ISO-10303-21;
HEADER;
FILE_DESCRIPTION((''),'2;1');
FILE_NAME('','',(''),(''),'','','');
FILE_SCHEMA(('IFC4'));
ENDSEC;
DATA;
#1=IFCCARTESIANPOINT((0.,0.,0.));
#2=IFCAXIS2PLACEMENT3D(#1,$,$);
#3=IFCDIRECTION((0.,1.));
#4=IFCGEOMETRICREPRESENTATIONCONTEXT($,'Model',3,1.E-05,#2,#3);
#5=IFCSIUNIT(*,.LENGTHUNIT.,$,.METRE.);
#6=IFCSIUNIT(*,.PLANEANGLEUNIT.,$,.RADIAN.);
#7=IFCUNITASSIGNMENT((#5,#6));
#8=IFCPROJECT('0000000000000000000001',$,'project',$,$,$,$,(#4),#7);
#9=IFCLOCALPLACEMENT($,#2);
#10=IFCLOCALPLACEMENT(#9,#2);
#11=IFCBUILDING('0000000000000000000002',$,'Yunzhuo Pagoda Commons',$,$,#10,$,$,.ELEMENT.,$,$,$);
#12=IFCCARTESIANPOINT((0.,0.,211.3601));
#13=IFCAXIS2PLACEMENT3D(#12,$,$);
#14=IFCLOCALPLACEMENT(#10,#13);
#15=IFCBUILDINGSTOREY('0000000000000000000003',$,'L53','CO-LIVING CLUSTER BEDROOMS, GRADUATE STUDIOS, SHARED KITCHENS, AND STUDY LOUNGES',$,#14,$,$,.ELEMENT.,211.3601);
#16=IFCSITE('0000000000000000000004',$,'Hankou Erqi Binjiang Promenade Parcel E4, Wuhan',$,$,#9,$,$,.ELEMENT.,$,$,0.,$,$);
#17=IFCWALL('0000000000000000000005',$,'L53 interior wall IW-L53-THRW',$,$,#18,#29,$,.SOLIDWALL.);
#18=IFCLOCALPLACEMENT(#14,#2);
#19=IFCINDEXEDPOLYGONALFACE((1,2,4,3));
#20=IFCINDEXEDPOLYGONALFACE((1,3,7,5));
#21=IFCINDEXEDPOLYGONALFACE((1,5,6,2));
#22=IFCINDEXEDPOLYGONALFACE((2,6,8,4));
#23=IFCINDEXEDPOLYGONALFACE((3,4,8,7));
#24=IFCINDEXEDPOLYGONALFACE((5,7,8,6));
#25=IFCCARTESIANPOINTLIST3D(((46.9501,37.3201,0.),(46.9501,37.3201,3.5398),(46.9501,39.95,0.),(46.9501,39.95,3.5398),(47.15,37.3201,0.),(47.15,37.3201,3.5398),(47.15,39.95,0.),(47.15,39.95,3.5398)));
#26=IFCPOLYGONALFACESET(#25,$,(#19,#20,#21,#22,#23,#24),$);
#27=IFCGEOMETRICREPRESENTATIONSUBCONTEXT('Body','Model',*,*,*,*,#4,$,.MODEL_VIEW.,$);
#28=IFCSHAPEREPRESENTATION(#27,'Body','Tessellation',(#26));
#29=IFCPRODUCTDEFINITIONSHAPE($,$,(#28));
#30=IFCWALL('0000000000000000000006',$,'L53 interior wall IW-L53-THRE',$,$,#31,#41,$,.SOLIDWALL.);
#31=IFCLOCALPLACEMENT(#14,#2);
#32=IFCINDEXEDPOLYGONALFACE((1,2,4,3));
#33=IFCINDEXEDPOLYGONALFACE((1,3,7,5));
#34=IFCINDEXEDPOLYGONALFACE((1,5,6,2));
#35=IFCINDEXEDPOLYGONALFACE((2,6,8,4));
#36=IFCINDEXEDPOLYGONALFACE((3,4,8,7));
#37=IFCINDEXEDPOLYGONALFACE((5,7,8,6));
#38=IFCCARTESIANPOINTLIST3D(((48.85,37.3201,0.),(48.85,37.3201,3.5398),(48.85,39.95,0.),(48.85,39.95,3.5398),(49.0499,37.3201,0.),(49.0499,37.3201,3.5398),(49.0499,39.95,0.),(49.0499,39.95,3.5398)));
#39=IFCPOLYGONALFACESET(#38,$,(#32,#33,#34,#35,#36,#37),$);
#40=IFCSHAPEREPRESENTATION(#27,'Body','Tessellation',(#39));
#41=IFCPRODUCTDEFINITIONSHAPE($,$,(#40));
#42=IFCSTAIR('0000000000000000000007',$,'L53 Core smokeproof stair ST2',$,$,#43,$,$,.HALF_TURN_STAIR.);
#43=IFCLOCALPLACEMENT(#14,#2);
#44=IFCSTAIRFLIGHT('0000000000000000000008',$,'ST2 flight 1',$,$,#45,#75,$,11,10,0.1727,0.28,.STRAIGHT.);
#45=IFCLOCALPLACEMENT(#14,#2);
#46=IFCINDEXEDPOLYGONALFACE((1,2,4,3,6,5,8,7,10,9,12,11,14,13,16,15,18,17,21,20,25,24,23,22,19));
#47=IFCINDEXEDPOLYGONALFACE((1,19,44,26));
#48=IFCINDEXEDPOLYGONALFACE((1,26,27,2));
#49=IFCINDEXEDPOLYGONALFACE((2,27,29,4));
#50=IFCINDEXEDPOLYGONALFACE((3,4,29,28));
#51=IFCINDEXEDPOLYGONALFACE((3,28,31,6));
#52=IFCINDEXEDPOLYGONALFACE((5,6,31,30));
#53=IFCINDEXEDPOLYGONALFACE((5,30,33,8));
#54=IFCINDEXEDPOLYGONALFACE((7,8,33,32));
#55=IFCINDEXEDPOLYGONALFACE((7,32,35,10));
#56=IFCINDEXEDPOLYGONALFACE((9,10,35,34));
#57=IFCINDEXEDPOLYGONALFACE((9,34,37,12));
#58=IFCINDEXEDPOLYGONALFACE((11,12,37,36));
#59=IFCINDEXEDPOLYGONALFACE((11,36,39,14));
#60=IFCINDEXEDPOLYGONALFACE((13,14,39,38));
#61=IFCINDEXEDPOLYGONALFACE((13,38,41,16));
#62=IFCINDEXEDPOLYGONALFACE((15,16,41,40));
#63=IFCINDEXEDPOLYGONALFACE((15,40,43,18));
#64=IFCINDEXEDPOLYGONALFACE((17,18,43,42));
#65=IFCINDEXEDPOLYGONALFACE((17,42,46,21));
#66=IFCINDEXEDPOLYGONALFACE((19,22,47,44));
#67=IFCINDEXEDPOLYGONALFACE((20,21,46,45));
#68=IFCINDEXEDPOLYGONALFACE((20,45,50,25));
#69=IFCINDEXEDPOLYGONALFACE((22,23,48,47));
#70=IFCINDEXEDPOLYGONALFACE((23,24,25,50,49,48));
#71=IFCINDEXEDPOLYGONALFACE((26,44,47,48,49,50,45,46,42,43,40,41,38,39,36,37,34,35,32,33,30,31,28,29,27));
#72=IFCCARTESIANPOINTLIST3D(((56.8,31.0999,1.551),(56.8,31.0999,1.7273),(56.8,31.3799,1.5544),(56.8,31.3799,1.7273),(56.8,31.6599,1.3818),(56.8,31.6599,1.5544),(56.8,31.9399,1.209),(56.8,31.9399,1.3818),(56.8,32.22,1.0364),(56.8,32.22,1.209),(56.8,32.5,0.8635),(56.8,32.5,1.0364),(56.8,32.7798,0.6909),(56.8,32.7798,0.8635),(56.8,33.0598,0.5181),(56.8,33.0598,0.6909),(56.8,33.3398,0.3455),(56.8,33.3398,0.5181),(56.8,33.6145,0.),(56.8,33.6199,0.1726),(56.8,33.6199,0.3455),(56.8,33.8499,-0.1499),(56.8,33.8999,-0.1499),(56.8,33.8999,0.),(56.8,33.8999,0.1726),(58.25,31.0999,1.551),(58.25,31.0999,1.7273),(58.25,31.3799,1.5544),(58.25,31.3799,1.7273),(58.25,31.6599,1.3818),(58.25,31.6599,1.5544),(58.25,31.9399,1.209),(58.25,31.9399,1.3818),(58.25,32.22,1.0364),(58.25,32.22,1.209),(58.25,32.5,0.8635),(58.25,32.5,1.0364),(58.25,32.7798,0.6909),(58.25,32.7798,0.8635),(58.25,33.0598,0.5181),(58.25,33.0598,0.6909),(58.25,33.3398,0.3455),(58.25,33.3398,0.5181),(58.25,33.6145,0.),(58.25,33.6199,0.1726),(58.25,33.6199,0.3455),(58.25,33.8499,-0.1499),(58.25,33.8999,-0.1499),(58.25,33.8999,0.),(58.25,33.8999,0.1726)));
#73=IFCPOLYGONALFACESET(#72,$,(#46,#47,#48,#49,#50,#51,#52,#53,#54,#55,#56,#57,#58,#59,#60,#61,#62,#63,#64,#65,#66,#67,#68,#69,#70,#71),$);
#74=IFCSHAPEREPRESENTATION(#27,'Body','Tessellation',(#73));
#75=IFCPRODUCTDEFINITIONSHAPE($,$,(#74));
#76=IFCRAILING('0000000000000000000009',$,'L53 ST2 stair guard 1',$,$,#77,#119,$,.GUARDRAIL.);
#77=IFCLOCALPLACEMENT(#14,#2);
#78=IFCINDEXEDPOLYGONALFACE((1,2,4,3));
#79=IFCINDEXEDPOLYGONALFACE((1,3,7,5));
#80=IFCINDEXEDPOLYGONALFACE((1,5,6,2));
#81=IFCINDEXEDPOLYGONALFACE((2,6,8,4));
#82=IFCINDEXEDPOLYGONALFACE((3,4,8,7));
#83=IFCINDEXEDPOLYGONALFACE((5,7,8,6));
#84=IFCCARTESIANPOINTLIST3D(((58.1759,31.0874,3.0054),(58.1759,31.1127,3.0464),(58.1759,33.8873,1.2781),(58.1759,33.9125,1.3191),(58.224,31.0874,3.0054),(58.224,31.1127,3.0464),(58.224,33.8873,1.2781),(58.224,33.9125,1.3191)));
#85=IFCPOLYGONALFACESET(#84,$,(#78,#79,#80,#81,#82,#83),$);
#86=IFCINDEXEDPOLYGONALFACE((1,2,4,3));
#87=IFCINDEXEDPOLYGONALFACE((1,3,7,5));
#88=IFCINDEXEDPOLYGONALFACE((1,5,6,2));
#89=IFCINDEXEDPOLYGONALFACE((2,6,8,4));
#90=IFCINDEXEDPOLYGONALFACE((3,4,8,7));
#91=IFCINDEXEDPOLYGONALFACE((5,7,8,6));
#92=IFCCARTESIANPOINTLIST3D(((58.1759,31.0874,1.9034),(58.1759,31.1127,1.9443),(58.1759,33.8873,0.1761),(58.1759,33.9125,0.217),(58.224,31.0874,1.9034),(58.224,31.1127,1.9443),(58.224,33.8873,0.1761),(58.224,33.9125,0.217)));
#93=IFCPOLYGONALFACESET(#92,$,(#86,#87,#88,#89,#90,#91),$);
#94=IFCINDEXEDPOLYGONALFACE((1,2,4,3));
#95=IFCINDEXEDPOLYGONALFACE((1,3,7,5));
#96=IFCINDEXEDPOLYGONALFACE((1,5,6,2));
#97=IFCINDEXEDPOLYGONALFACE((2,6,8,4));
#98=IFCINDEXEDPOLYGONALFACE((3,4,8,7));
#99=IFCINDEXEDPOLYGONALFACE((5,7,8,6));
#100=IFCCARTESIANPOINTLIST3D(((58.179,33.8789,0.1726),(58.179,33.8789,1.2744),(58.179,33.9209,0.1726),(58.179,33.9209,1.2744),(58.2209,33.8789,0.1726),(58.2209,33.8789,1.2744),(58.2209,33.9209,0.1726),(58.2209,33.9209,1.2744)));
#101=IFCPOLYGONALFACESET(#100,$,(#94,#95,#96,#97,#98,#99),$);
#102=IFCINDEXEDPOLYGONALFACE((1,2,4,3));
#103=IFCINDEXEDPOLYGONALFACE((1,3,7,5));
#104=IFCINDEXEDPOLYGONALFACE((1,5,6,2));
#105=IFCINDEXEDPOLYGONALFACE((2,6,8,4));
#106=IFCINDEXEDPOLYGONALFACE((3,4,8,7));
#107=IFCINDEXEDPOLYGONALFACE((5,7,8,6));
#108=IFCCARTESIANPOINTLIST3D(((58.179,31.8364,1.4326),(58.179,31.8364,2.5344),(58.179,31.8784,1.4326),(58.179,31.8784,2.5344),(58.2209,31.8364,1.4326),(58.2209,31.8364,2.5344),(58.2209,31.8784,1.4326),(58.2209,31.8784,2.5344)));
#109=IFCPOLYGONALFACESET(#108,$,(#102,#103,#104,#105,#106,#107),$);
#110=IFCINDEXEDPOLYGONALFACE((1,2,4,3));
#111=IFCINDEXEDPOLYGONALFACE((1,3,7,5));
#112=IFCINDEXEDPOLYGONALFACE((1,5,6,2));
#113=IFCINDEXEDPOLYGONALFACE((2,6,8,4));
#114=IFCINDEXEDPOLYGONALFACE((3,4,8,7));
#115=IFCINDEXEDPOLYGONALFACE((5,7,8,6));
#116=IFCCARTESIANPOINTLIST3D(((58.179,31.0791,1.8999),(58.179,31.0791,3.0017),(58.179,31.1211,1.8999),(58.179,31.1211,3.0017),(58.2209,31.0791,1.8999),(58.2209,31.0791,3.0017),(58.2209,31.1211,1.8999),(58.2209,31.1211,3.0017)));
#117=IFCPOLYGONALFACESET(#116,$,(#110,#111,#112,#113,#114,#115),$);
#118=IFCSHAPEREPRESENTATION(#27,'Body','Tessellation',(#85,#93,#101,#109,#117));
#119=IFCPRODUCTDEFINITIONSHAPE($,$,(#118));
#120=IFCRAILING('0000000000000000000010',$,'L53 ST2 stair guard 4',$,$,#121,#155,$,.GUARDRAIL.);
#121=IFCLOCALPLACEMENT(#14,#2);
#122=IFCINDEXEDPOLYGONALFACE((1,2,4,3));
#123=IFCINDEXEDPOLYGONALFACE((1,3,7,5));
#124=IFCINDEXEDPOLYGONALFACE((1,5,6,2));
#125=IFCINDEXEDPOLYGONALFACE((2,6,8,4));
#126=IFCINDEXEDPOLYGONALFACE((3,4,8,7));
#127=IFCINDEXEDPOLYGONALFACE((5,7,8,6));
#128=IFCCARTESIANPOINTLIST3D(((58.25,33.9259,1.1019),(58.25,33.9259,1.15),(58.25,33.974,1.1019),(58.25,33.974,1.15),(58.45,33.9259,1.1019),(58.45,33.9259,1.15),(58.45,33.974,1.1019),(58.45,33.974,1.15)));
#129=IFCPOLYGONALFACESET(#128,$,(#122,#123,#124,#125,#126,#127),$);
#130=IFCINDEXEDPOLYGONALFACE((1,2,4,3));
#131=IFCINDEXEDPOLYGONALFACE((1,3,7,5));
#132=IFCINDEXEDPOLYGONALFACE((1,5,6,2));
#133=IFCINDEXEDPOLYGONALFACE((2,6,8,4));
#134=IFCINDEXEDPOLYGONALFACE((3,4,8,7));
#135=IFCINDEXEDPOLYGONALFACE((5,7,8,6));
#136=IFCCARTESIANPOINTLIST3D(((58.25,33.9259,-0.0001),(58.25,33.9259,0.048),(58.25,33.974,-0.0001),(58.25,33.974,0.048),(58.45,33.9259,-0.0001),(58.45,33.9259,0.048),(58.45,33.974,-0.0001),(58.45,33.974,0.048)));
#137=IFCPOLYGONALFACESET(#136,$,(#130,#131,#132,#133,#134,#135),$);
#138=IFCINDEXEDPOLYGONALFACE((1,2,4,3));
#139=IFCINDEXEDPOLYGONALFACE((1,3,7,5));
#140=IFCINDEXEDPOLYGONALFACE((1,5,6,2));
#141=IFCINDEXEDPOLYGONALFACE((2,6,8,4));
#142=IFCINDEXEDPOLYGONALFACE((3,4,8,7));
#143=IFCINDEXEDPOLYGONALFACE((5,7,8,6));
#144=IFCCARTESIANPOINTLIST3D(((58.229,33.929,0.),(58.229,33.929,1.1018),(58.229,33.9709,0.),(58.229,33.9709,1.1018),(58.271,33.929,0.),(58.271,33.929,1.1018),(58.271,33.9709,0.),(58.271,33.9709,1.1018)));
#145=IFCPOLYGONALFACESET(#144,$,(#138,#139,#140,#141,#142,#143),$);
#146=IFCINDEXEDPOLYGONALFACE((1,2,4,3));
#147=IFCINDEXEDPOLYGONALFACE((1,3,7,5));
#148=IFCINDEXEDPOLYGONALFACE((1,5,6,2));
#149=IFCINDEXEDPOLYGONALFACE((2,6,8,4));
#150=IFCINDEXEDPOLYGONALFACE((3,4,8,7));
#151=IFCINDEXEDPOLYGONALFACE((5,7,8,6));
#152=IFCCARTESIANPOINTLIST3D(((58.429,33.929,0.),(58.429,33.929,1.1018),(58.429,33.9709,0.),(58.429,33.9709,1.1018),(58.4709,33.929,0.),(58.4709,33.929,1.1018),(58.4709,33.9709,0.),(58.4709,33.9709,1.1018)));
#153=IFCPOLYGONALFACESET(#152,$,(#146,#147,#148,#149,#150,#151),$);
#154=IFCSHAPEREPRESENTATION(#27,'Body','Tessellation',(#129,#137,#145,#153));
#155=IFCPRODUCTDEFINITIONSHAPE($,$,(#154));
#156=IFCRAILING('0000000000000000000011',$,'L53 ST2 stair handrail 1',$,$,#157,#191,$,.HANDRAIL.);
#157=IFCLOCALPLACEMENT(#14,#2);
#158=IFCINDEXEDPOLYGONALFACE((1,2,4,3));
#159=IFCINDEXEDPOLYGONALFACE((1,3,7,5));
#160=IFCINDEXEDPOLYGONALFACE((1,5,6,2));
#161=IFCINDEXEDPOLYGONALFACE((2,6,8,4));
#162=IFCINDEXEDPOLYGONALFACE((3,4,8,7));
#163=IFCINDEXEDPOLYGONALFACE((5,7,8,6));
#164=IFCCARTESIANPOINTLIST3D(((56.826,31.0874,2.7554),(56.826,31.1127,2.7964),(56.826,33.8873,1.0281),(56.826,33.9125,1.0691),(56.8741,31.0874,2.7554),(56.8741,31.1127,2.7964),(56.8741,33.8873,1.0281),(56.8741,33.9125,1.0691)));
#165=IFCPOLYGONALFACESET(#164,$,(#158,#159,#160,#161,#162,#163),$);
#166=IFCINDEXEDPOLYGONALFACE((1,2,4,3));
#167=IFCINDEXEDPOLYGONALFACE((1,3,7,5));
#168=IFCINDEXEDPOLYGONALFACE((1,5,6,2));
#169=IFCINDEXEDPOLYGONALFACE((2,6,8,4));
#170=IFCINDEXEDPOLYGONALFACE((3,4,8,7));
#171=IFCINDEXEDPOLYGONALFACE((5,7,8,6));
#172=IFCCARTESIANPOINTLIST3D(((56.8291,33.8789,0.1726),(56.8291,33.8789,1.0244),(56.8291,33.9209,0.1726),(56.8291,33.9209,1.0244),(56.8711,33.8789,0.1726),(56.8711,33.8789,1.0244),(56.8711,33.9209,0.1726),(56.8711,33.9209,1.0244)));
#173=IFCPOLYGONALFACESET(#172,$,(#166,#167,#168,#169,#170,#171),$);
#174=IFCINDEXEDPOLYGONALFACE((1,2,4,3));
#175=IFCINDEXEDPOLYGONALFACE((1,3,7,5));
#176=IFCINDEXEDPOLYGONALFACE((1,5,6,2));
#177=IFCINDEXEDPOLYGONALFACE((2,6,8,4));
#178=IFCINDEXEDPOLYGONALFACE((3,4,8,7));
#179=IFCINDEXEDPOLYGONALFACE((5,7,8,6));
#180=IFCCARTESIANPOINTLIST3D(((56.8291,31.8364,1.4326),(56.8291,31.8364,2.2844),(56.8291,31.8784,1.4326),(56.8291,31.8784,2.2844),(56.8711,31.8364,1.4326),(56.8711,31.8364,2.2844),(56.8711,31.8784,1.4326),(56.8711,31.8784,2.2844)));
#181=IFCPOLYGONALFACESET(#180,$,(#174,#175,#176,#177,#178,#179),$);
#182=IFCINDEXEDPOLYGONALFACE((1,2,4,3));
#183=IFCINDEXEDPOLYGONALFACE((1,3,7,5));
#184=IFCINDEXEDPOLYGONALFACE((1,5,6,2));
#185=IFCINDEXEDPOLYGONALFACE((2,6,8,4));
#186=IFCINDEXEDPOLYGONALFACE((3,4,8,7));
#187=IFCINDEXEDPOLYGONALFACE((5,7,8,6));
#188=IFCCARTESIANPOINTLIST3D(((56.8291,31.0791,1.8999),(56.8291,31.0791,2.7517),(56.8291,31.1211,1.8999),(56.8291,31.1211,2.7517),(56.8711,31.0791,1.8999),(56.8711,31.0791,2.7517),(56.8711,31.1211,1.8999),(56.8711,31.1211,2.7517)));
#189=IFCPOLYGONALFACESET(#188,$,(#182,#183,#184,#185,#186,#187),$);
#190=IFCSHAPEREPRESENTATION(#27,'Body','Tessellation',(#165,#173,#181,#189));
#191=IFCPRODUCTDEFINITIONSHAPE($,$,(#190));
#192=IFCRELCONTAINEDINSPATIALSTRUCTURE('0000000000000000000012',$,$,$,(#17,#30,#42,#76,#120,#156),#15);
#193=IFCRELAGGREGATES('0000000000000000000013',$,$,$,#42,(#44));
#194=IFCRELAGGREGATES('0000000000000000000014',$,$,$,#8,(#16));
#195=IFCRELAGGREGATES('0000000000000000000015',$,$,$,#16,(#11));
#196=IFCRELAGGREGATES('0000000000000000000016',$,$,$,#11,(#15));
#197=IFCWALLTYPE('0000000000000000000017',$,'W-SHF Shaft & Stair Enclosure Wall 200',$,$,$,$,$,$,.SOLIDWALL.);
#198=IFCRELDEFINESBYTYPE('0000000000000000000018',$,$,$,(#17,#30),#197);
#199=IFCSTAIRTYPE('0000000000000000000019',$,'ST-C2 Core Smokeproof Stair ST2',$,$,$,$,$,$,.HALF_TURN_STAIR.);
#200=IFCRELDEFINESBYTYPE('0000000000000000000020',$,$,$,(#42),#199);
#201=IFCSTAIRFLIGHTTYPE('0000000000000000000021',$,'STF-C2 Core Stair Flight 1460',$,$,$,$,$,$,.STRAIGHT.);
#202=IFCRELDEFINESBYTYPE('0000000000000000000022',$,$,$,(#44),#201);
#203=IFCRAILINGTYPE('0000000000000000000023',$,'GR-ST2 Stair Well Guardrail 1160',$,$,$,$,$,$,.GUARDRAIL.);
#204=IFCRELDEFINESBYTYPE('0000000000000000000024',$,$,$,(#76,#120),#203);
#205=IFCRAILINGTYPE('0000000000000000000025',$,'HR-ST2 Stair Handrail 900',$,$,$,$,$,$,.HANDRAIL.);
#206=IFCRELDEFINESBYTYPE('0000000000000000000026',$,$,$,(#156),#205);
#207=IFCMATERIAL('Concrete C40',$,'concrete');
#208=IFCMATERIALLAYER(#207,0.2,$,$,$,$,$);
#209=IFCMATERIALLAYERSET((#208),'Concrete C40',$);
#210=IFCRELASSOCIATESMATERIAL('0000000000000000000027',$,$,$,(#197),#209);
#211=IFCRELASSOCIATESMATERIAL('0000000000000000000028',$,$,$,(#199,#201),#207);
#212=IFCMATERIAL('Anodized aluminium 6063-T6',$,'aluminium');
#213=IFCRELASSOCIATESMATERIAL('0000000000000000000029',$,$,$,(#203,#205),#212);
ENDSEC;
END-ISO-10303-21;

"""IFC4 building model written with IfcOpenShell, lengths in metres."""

from ifc_helpers import new_model, si_unit, direction, frame, frame_2d, origin, origin_2d, place, context, subcontext, project, spatial, polyline, rectangle, outline, extrude, source, transform, mapped, material, layer, layer_set, type_object, element, aggregate, save


model = new_model("IFC4")

# Units and contexts
model_context = context("Model", 3, precision=1e-05, world=origin(), true_north=direction((0.0, 1.0)))
body_context = subcontext(model_context, "Body", "Model", "MODEL_VIEW")
ifc_project = project(units=[si_unit("LENGTHUNIT", "METRE"), si_unit("PLANEANGLEUNIT", "RADIAN")], contexts=[model_context])

# Site, building, storey
site_placement = place(None, origin())
site = spatial("IfcSite", under=ifc_project, at=site_placement, Name="Hankou Erqi Binjiang Promenade Parcel E4, Wuhan", CompositionType="ELEMENT", RefElevation=0.0)
building_placement = place(site_placement, origin())
building = spatial("IfcBuilding", under=site, at=building_placement, Name="Yunzhuo Pagoda Commons", CompositionType="ELEMENT")
storey_placement = place(building_placement, frame((0.0, 0.0, 211.3601)))
storey = spatial("IfcBuildingStorey", under=building, at=storey_placement, Name="L53", Description="CO-LIVING CLUSTER BEDROOMS, GRADUATE STUDIOS, SHARED KITCHENS, AND STUDY LOUNGES", CompositionType="ELEMENT", Elevation=211.3601)

# Shared definitions
ifc_material_1 = material(Name="Concrete C40", Category="concrete")
ifc_layer_1 = layer(ifc_material_1, 0.2)
ifc_layer_set_1 = layer_set([ifc_layer_1], Name="Concrete C40")
wall_type_1 = type_object("IfcWallType", Name="W-SHF Shaft & Stair Enclosure Wall 200", PredefinedType="SOLIDWALL", material=ifc_layer_set_1)

# Walls
for number, where, z_axis, x_axis, name in (
    (1, (47.05, 37.3201, 0.0), (0.0, 0.0, 1.0), (0.0, 1.0, 0.0), "L53 interior wall IW-L53-THRW"),
    (2, (48.95, 37.3201, 0.0), (0.0, 0.0, 1.0), (0.0, 1.0, 0.0), "L53 interior wall IW-L53-THRE"),
):
    element("IfcWall", number, at=place(storey_placement, frame(where, z_axis=z_axis, x_axis=x_axis)), inside=storey, type_object=wall_type_1, Name=name, PredefinedType="SOLIDWALL", context=body_context, shape_type="SweptSolid", body=[
        extrude(rectangle(XDim=2.6299, YDim=0.2, at=frame_2d((1.3149, 0.0))), origin(), (0.0, 0.0, 1.0), 3.5398),
    ])

# Stair, stair flight
stair_type = type_object("IfcStairType", Name="ST-C2 Core Smokeproof Stair ST2", PredefinedType="HALF_TURN_STAIR", material=ifc_material_1)
stair_placement = place(storey_placement, origin())
stair = element("IfcStair", 3, at=stair_placement, inside=storey, type_object=stair_type, Name="L53 Core smokeproof stair ST2", PredefinedType="HALF_TURN_STAIR")
stair_flight_type = type_object("IfcStairFlightType", Name="STF-C2 Core Stair Flight 1460", PredefinedType="STRAIGHT", material=ifc_material_1)
shared_shape_1 = source(origin(), body_context, "Body", "SweptSolid", [
    extrude(outline(polyline([(0.0, -0.1499), (0.0, 0.0), (0.0, 0.1726), (0.28, 0.1726), (0.28, 0.3455), (0.5601, 0.3455), (0.5601, 0.5181), (0.8401, 0.5181), (0.8401, 0.6909), (1.1201, 0.6909), (1.1201, 0.8635), (1.3999, 0.8635), (1.3999, 1.0364), (1.6799, 1.0364), (1.6799, 1.209), (1.96, 1.209), (1.96, 1.3818), (2.24, 1.3818), (2.24, 1.5544), (2.52, 1.5544), (2.52, 1.7273), (2.8, 1.7273), (2.8, 1.8999), (2.8, 1.551), (0.2854, 0.0), (0.05, -0.1499), (0.0, -0.1499)])), frame((0.0, 0.7251, 0.0), z_axis=(0.0, -1.0, 0.0), x_axis=(1.0, 0.0, 0.0)), (0.0, 0.0, 1.0), 1.45),
])
stair_flight_placement = place(storey_placement, frame((57.5249, 33.8999, 0.0), z_axis=(0.0, 0.0, 1.0), x_axis=(0.0, -1.0, 0.0)))
stair_flight = element("IfcStairFlight", 4, at=stair_flight_placement, type_object=stair_flight_type, Name="ST2 flight 1", NumberOfRisers=11, NumberOfTreads=10, PredefinedType="STRAIGHT", RiserHeight=0.1727, TreadLength=0.28, context=body_context, shape_type="MappedRepresentation", body=[
    mapped(shared_shape_1, transform((0.0, 0.0, 0.0), scale=1.0)),
])
aggregate(stair, [stair_flight])

# Railings
ifc_material_2 = material(Name="Anodized aluminium 6063-T6", Category="aluminium")
railing_type_1 = type_object("IfcRailingType", Name="GR-ST2 Stair Well Guardrail 1160", PredefinedType="GUARDRAIL", material=ifc_material_2)
railing_1_placement = place(storey_placement, frame((58.2, 33.8999, 0.1726)))
element("IfcRailing", 5, at=railing_1_placement, inside=storey, type_object=railing_type_1, Name="L53 ST2 stair guard 1", PredefinedType="GUARDRAIL", context=body_context, shape_type="SweptSolid", body=[
    extrude(rectangle(XDim=0.0481, YDim=0.0481, at=origin_2d()), frame((0.0, 0.0, 1.126), z_axis=(0.0, -0.851069, 0.525054), x_axis=(1.0, 0.0, 0.0)), (0.0, 0.0, 1.0), 3.2898),
    extrude(rectangle(XDim=0.0481, YDim=0.0481, at=origin_2d()), frame((0.0, 0.0, 0.0239), z_axis=(0.0, -0.851069, 0.525054), x_axis=(1.0, 0.0, 0.0)), (0.0, 0.0, 1.0), 3.2898),
    extrude(rectangle(XDim=0.042, YDim=0.042, at=origin_2d()), origin(), (0.0, 0.0, 1.0), 1.1018),
    extrude(rectangle(XDim=0.042, YDim=0.042, at=origin_2d()), frame((0.0, -2.0425, 1.26)), (0.0, 0.0, 1.0), 1.1018),
    extrude(rectangle(XDim=0.042, YDim=0.042, at=origin_2d()), frame((0.0, -2.7998, 1.7273)), (0.0, 0.0, 1.0), 1.1018),
])
railing_2_placement = place(storey_placement, frame((58.25, 33.95, 0.0)))
element("IfcRailing", 6, at=railing_2_placement, inside=storey, type_object=railing_type_1, Name="L53 ST2 stair guard 4", PredefinedType="GUARDRAIL", context=body_context, shape_type="SweptSolid", body=[
    extrude(rectangle(XDim=0.0481, YDim=0.0481, at=origin_2d()), frame((0.0, 0.0, 1.126), z_axis=(1.0, 0.0, 0.0), x_axis=(0.0, 1.0, 0.0)), (0.0, 0.0, 1.0), 0.2),
    extrude(rectangle(XDim=0.0481, YDim=0.0481, at=origin_2d()), frame((0.0, 0.0, 0.0239), z_axis=(1.0, 0.0, 0.0), x_axis=(0.0, 1.0, 0.0)), (0.0, 0.0, 1.0), 0.2),
    extrude(rectangle(XDim=0.042, YDim=0.042, at=origin_2d()), origin(), (0.0, 0.0, 1.0), 1.1018),
    extrude(rectangle(XDim=0.042, YDim=0.042, at=origin_2d()), frame((0.2, 0.0, 0.0)), (0.0, 0.0, 1.0), 1.1018),
])
railing_type_2 = type_object("IfcRailingType", Name="HR-ST2 Stair Handrail 900", PredefinedType="HANDRAIL", material=ifc_material_2)
railing_3_placement = place(storey_placement, frame((56.8501, 33.8999, 0.1726)))
element("IfcRailing", 7, at=railing_3_placement, inside=storey, type_object=railing_type_2, Name="L53 ST2 stair handrail 1", PredefinedType="HANDRAIL", context=body_context, shape_type="SweptSolid", body=[
    extrude(rectangle(XDim=0.0481, YDim=0.0481, at=origin_2d()), frame((0.0, 0.0, 0.876), z_axis=(0.0, -0.851069, 0.525054), x_axis=(1.0, 0.0, 0.0)), (0.0, 0.0, 1.0), 3.2898),
    extrude(rectangle(XDim=0.042, YDim=0.042, at=origin_2d()), origin(), (0.0, 0.0, 1.0), 0.8518),
    extrude(rectangle(XDim=0.042, YDim=0.042, at=origin_2d()), frame((0.0, -2.0425, 1.26)), (0.0, 0.0, 1.0), 0.8518),
    extrude(rectangle(XDim=0.042, YDim=0.042, at=origin_2d()), frame((0.0, -2.7998, 1.7273)), (0.0, 0.0, 1.0), 0.8518),
])

save(model, "model.ifc")
